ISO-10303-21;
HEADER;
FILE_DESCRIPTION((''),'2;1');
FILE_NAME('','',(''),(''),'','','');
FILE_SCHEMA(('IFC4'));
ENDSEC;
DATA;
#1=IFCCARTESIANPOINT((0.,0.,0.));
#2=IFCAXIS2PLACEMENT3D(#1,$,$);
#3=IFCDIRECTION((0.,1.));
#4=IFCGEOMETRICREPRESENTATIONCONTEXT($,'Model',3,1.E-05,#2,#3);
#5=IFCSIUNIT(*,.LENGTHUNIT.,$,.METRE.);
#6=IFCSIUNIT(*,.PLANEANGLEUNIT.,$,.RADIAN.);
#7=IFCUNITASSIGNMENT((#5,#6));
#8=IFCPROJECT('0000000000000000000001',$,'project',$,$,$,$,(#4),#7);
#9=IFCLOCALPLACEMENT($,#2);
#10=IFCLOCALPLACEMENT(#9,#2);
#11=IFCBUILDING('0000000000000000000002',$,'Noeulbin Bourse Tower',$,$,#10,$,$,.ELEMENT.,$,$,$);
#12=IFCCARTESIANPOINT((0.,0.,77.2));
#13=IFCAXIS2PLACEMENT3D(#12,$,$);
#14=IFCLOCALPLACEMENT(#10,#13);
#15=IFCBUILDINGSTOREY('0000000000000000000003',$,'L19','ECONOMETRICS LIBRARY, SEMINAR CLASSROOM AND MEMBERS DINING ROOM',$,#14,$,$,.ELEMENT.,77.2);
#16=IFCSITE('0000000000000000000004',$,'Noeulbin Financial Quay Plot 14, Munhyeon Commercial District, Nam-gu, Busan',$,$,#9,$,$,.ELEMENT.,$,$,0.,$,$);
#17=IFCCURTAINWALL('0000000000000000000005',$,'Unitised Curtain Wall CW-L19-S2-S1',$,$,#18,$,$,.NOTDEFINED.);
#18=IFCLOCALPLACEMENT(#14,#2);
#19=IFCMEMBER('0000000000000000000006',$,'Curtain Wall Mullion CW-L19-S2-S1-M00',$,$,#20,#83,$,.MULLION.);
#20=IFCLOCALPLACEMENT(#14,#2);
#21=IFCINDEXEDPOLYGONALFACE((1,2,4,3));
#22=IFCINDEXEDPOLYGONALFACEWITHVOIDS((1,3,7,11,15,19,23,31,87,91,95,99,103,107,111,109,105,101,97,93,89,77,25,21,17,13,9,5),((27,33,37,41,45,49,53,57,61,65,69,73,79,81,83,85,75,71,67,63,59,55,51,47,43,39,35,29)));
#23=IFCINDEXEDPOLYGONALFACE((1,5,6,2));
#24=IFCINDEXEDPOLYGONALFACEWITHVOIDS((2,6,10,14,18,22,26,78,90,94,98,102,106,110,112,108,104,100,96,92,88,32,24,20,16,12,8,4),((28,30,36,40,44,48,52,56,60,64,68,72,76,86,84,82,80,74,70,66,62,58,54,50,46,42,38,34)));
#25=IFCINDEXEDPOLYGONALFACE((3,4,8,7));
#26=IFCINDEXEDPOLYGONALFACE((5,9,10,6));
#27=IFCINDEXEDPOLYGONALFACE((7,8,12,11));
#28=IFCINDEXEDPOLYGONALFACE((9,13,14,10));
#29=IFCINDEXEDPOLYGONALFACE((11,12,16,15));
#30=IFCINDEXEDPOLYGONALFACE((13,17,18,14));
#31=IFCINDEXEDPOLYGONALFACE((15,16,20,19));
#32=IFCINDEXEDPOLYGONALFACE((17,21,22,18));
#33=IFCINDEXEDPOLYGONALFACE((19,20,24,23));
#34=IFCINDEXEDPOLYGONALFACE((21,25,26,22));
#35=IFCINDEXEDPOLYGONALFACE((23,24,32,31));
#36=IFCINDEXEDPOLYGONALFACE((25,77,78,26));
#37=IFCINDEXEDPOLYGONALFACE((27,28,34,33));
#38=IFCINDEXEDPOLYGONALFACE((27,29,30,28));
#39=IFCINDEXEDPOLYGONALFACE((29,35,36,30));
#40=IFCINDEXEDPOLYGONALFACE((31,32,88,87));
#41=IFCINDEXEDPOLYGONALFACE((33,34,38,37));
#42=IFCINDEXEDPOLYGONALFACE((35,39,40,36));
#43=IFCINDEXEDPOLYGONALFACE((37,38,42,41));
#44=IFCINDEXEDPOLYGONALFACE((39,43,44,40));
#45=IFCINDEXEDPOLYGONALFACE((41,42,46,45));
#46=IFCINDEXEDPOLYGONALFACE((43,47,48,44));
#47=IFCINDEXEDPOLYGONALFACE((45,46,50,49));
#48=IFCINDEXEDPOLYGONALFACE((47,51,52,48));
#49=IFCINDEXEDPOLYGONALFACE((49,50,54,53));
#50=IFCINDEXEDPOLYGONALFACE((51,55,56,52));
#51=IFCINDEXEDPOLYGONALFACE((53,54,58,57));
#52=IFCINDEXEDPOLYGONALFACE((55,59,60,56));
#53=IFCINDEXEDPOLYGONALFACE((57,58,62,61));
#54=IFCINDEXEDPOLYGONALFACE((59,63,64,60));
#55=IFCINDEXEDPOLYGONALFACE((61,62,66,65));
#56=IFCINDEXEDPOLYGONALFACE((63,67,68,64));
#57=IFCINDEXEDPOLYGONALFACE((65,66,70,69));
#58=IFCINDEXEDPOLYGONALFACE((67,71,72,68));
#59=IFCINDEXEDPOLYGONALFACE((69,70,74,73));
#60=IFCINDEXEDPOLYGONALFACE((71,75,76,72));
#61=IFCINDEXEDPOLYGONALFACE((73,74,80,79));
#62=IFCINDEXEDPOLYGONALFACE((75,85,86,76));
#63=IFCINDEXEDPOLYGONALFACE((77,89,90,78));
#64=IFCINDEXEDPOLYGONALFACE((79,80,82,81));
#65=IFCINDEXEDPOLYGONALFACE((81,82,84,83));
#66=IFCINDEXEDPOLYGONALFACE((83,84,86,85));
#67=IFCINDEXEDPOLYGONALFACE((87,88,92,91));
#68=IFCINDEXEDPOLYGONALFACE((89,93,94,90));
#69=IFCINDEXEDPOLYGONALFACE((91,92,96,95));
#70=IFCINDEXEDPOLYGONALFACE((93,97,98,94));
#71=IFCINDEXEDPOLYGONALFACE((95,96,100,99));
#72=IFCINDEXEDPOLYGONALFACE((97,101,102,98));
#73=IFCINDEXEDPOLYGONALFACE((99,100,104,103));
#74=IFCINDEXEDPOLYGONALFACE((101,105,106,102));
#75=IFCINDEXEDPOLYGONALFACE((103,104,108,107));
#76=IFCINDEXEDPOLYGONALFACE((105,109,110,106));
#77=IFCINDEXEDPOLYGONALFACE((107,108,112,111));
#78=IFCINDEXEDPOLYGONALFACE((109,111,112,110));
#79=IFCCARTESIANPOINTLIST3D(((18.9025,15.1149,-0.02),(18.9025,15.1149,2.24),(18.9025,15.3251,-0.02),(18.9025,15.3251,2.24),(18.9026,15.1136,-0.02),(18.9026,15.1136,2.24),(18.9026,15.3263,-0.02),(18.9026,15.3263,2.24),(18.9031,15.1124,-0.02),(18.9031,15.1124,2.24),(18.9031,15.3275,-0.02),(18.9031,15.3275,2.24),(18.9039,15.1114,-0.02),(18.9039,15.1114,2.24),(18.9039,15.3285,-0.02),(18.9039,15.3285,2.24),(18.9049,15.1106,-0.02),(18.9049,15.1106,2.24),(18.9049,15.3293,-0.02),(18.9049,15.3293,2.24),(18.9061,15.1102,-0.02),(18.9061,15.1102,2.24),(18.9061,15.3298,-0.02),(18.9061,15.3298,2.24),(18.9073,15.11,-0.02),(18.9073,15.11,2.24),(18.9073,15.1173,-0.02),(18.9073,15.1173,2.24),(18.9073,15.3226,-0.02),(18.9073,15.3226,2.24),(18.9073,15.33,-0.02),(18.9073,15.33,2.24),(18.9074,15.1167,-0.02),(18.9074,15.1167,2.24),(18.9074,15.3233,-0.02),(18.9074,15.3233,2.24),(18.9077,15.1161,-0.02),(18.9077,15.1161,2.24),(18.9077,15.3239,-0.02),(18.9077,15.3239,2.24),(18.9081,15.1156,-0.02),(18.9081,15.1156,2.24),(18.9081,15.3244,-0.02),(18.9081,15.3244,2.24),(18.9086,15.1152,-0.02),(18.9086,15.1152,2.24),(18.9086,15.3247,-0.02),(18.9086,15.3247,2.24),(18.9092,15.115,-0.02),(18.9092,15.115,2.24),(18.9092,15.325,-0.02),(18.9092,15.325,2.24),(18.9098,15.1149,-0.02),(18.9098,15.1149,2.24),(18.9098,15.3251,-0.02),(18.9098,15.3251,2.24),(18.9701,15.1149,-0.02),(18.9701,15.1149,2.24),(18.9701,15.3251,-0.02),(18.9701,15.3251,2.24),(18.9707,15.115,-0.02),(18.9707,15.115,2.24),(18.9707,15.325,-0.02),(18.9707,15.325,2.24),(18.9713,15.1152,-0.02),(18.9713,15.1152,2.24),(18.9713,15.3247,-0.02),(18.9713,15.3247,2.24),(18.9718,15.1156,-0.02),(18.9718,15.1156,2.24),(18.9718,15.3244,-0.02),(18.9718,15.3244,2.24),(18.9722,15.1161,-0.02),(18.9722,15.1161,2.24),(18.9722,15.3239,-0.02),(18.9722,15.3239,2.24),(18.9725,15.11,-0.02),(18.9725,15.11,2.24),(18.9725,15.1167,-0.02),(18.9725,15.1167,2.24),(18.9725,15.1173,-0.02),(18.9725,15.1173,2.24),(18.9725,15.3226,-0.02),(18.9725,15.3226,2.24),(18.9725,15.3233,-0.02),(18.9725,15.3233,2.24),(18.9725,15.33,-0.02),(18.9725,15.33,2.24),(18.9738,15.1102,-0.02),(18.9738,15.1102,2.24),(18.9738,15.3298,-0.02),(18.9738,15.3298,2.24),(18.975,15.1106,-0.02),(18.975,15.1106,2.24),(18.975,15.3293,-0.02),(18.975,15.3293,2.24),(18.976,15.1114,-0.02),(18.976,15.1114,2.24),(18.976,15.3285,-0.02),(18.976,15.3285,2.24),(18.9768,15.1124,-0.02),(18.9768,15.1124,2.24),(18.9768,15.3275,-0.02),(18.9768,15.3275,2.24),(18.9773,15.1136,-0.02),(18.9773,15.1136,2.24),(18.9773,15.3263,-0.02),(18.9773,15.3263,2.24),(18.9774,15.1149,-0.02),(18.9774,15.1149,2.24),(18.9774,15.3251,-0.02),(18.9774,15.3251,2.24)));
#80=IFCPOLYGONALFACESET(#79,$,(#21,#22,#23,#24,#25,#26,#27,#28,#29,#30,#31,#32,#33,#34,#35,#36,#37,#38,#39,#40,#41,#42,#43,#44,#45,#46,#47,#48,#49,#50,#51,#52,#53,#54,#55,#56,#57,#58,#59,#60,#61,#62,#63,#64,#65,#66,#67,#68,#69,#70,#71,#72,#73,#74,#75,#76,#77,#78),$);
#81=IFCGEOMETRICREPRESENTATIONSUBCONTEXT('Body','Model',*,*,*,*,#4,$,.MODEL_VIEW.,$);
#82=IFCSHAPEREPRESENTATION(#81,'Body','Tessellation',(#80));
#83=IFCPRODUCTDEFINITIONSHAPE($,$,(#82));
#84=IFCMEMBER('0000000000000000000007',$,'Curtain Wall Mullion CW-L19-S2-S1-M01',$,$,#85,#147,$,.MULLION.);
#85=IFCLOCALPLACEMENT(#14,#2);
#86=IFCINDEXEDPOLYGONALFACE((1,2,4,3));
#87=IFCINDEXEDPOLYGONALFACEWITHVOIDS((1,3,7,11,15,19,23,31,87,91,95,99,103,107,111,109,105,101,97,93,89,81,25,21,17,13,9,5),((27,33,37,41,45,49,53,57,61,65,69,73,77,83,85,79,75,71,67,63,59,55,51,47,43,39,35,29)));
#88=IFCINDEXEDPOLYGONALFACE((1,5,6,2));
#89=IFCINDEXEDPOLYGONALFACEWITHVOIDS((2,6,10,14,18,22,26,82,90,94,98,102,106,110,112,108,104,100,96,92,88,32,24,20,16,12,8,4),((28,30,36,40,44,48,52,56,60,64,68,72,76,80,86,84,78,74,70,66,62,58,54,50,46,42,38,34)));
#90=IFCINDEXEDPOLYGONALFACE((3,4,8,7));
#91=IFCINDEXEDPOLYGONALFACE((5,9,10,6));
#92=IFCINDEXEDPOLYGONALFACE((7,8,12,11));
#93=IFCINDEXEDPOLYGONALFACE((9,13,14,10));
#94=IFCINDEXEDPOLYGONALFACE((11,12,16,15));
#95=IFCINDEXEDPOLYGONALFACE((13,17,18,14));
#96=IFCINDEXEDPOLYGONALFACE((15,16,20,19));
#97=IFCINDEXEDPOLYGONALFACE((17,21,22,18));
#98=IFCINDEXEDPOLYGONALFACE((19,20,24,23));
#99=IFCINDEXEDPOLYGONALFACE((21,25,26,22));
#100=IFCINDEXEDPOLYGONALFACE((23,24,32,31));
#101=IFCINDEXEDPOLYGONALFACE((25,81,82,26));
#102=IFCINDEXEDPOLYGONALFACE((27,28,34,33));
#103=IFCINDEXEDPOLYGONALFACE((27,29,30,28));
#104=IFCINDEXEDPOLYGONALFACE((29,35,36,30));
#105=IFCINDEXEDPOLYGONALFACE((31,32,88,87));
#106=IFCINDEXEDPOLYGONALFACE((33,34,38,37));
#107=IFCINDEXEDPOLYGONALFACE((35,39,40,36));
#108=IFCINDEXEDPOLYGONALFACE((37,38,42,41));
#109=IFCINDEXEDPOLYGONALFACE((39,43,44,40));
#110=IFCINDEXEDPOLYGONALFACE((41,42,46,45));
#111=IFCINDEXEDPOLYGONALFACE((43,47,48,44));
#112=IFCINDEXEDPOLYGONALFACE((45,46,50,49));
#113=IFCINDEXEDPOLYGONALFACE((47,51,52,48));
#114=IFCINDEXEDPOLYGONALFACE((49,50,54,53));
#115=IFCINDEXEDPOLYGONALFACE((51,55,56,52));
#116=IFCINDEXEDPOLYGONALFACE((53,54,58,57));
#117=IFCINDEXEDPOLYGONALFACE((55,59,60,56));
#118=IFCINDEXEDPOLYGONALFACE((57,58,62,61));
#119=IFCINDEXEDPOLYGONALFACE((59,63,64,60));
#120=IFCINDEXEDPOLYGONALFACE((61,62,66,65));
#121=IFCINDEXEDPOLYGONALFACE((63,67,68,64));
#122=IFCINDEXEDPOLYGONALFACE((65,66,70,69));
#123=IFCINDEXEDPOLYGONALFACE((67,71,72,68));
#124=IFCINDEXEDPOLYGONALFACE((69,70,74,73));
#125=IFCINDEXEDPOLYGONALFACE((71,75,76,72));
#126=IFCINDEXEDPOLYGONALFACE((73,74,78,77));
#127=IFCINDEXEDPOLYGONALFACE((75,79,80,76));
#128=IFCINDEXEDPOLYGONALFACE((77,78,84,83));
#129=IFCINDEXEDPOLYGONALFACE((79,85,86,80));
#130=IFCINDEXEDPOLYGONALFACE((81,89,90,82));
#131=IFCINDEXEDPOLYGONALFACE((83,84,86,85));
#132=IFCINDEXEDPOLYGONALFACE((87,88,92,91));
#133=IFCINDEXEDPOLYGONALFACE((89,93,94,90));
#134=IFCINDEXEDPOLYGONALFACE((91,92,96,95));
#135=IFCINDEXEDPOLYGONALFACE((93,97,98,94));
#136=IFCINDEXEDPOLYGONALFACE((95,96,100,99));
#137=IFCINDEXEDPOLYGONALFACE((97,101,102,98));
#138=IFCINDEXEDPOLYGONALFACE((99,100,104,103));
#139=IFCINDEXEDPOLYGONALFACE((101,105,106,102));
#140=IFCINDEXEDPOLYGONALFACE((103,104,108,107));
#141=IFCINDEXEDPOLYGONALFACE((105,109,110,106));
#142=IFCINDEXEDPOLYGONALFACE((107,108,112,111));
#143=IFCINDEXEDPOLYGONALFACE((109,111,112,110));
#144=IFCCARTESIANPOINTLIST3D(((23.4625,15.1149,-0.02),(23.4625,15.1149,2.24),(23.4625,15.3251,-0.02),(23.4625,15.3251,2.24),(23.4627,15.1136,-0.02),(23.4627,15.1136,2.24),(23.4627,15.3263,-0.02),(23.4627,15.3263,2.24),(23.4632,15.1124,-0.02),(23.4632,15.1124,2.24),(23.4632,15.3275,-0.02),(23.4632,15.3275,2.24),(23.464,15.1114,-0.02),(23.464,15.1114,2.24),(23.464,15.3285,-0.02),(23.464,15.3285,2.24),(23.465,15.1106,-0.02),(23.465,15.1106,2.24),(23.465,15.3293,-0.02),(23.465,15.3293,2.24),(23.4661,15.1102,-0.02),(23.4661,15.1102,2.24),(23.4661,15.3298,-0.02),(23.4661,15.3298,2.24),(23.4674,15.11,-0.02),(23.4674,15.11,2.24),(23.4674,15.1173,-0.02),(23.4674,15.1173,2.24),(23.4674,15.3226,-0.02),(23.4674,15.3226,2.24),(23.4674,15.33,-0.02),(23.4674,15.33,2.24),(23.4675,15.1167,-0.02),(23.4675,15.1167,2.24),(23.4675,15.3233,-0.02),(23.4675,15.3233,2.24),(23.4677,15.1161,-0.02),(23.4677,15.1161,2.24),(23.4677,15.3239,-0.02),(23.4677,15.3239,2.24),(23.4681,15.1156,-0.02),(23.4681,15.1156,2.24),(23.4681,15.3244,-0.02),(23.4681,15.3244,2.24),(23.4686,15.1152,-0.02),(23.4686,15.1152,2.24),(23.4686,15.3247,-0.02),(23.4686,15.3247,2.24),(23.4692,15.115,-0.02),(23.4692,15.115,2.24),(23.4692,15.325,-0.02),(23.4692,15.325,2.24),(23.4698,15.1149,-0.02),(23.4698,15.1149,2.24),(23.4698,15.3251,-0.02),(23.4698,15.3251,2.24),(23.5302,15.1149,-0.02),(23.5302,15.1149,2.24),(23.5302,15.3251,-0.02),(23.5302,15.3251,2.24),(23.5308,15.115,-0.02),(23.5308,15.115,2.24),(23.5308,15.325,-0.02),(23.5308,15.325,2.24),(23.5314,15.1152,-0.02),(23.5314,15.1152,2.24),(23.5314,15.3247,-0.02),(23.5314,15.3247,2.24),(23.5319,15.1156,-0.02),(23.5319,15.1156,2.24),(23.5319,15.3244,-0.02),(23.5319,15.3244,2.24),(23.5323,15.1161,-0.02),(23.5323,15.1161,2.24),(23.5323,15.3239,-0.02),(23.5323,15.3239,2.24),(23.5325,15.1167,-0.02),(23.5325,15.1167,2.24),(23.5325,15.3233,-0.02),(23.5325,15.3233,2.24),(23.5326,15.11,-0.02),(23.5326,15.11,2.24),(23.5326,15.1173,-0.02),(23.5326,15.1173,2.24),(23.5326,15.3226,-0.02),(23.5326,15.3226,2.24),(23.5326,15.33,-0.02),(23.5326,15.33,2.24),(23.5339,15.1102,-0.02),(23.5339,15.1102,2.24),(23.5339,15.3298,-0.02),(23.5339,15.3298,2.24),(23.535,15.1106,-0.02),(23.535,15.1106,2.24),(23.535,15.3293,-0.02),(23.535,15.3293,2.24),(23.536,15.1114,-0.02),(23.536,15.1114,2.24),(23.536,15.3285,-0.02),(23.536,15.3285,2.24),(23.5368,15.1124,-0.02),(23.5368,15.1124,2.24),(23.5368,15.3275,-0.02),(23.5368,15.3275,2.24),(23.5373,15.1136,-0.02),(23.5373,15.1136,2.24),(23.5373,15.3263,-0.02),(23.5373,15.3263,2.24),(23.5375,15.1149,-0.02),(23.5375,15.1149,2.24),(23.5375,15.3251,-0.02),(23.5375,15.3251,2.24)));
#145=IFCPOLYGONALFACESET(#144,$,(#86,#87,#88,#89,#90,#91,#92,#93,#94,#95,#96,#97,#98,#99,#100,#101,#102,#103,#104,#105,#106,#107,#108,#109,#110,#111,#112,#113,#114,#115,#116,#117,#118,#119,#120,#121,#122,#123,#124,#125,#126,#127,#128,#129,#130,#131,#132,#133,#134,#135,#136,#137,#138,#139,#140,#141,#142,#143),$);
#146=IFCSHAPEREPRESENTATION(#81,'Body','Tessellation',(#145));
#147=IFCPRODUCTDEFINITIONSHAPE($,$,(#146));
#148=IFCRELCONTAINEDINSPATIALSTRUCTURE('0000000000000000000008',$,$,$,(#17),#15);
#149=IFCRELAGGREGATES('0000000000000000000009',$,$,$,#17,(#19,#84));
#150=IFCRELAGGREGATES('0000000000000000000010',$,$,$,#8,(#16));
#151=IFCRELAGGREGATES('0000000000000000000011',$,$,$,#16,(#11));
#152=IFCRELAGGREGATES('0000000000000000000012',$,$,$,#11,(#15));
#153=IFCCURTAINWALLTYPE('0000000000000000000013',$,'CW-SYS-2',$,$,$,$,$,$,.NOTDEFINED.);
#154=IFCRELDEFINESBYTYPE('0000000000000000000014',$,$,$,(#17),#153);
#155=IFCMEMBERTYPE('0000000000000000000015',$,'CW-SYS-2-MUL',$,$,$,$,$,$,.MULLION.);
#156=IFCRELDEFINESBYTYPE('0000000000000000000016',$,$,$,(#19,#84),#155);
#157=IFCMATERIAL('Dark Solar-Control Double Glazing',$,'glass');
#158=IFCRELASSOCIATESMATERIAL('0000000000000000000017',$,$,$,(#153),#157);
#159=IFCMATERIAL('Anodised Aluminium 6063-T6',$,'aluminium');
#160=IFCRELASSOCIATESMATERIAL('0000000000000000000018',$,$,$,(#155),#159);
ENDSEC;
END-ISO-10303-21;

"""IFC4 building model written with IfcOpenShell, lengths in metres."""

from ifc_helpers import new_model, si_unit, direction, frame, origin, origin_2d, place, context, subcontext, project, spatial, hollow_rectangle, extrude, material, material_profile, profile_set, type_object, element, aggregate, save


model = new_model("IFC4")

# Units and contexts
model_context = context("Model", 3, precision=1e-05, world=origin(), true_north=direction((0.0, 1.0)))
body_context = subcontext(model_context, "Body", "Model", "MODEL_VIEW")
ifc_project = project(units=[si_unit("LENGTHUNIT", "METRE"), si_unit("PLANEANGLEUNIT", "RADIAN")], contexts=[model_context])

# Site, building, storey
site_placement = place(None, origin())
site = spatial("IfcSite", under=ifc_project, at=site_placement, Name="Noeulbin Financial Quay Plot 14, Munhyeon Commercial District, Nam-gu, Busan", CompositionType="ELEMENT", RefElevation=0.0)
building_placement = place(site_placement, origin())
building = spatial("IfcBuilding", under=site, at=building_placement, Name="Noeulbin Bourse Tower", CompositionType="ELEMENT")
storey_placement = place(building_placement, frame((0.0, 0.0, 77.2)))
storey = spatial("IfcBuildingStorey", under=building, at=storey_placement, Name="L19", Description="ECONOMETRICS LIBRARY, SEMINAR CLASSROOM AND MEMBERS DINING ROOM", CompositionType="ELEMENT", Elevation=77.2)

# Curtain wall, members
ifc_material_1 = material(Name="Dark Solar-Control Double Glazing", Category="glass")
curtain_wall_type = type_object("IfcCurtainWallType", Name="CW-SYS-2", PredefinedType="NOTDEFINED", material=ifc_material_1)
curtain_wall_placement = place(storey_placement, origin())
curtain_wall = element("IfcCurtainWall", 1, at=curtain_wall_placement, inside=storey, type_object=curtain_wall_type, Name="Unitised Curtain Wall CW-L19-S2-S1", PredefinedType="NOTDEFINED")
ifc_material_2 = material(Name="Anodised Aluminium 6063-T6", Category="aluminium")
ifc_material_profile_1 = material_profile(ifc_material_2, hollow_rectangle(XDim=0.075, YDim=0.22, WallThickness=0.0049, InnerFilletRadius=0.0024, OuterFilletRadius=0.0049, at=origin_2d()), Name="ALU-MULL-75x220x5", Category="LoadBearing")
ifc_profile_set_1 = profile_set([ifc_material_profile_1], Name="Anodised Aluminium 6063-T6")
member_type_1 = type_object("IfcMemberType", Name="CW-SYS-2-MUL", PredefinedType="MULLION", material=ifc_profile_set_1)
member_1_placement = place(storey_placement, frame((18.9399, 15.22, -0.02), z_axis=(0.0, 0.0, 1.0), x_axis=(1.0, 0.0, 0.0)))
member_1 = element("IfcMember", 2, at=member_1_placement, type_object=member_type_1, Name="Curtain Wall Mullion CW-L19-S2-S1-M00", PredefinedType="MULLION", context=body_context, shape_type="SweptSolid", body=[
    extrude(hollow_rectangle(XDim=0.075, YDim=0.22, WallThickness=0.0049, InnerFilletRadius=0.0024, OuterFilletRadius=0.0049, at=origin_2d()), origin(), (0.0, 0.0, 1.0), 2.26),
])
member_2_placement = place(storey_placement, frame((23.5, 15.22, -0.02), z_axis=(0.0, 0.0, 1.0), x_axis=(1.0, 0.0, 0.0)))
member_2 = element("IfcMember", 3, at=member_2_placement, type_object=member_type_1, Name="Curtain Wall Mullion CW-L19-S2-S1-M01", PredefinedType="MULLION", context=body_context, shape_type="SweptSolid", body=[
    extrude(hollow_rectangle(XDim=0.075, YDim=0.22, WallThickness=0.0049, InnerFilletRadius=0.0024, OuterFilletRadius=0.0049, at=origin_2d()), origin(), (0.0, 0.0, 1.0), 2.26),
])
aggregate(curtain_wall, [member_1, member_2])

save(model, "model.ifc")
